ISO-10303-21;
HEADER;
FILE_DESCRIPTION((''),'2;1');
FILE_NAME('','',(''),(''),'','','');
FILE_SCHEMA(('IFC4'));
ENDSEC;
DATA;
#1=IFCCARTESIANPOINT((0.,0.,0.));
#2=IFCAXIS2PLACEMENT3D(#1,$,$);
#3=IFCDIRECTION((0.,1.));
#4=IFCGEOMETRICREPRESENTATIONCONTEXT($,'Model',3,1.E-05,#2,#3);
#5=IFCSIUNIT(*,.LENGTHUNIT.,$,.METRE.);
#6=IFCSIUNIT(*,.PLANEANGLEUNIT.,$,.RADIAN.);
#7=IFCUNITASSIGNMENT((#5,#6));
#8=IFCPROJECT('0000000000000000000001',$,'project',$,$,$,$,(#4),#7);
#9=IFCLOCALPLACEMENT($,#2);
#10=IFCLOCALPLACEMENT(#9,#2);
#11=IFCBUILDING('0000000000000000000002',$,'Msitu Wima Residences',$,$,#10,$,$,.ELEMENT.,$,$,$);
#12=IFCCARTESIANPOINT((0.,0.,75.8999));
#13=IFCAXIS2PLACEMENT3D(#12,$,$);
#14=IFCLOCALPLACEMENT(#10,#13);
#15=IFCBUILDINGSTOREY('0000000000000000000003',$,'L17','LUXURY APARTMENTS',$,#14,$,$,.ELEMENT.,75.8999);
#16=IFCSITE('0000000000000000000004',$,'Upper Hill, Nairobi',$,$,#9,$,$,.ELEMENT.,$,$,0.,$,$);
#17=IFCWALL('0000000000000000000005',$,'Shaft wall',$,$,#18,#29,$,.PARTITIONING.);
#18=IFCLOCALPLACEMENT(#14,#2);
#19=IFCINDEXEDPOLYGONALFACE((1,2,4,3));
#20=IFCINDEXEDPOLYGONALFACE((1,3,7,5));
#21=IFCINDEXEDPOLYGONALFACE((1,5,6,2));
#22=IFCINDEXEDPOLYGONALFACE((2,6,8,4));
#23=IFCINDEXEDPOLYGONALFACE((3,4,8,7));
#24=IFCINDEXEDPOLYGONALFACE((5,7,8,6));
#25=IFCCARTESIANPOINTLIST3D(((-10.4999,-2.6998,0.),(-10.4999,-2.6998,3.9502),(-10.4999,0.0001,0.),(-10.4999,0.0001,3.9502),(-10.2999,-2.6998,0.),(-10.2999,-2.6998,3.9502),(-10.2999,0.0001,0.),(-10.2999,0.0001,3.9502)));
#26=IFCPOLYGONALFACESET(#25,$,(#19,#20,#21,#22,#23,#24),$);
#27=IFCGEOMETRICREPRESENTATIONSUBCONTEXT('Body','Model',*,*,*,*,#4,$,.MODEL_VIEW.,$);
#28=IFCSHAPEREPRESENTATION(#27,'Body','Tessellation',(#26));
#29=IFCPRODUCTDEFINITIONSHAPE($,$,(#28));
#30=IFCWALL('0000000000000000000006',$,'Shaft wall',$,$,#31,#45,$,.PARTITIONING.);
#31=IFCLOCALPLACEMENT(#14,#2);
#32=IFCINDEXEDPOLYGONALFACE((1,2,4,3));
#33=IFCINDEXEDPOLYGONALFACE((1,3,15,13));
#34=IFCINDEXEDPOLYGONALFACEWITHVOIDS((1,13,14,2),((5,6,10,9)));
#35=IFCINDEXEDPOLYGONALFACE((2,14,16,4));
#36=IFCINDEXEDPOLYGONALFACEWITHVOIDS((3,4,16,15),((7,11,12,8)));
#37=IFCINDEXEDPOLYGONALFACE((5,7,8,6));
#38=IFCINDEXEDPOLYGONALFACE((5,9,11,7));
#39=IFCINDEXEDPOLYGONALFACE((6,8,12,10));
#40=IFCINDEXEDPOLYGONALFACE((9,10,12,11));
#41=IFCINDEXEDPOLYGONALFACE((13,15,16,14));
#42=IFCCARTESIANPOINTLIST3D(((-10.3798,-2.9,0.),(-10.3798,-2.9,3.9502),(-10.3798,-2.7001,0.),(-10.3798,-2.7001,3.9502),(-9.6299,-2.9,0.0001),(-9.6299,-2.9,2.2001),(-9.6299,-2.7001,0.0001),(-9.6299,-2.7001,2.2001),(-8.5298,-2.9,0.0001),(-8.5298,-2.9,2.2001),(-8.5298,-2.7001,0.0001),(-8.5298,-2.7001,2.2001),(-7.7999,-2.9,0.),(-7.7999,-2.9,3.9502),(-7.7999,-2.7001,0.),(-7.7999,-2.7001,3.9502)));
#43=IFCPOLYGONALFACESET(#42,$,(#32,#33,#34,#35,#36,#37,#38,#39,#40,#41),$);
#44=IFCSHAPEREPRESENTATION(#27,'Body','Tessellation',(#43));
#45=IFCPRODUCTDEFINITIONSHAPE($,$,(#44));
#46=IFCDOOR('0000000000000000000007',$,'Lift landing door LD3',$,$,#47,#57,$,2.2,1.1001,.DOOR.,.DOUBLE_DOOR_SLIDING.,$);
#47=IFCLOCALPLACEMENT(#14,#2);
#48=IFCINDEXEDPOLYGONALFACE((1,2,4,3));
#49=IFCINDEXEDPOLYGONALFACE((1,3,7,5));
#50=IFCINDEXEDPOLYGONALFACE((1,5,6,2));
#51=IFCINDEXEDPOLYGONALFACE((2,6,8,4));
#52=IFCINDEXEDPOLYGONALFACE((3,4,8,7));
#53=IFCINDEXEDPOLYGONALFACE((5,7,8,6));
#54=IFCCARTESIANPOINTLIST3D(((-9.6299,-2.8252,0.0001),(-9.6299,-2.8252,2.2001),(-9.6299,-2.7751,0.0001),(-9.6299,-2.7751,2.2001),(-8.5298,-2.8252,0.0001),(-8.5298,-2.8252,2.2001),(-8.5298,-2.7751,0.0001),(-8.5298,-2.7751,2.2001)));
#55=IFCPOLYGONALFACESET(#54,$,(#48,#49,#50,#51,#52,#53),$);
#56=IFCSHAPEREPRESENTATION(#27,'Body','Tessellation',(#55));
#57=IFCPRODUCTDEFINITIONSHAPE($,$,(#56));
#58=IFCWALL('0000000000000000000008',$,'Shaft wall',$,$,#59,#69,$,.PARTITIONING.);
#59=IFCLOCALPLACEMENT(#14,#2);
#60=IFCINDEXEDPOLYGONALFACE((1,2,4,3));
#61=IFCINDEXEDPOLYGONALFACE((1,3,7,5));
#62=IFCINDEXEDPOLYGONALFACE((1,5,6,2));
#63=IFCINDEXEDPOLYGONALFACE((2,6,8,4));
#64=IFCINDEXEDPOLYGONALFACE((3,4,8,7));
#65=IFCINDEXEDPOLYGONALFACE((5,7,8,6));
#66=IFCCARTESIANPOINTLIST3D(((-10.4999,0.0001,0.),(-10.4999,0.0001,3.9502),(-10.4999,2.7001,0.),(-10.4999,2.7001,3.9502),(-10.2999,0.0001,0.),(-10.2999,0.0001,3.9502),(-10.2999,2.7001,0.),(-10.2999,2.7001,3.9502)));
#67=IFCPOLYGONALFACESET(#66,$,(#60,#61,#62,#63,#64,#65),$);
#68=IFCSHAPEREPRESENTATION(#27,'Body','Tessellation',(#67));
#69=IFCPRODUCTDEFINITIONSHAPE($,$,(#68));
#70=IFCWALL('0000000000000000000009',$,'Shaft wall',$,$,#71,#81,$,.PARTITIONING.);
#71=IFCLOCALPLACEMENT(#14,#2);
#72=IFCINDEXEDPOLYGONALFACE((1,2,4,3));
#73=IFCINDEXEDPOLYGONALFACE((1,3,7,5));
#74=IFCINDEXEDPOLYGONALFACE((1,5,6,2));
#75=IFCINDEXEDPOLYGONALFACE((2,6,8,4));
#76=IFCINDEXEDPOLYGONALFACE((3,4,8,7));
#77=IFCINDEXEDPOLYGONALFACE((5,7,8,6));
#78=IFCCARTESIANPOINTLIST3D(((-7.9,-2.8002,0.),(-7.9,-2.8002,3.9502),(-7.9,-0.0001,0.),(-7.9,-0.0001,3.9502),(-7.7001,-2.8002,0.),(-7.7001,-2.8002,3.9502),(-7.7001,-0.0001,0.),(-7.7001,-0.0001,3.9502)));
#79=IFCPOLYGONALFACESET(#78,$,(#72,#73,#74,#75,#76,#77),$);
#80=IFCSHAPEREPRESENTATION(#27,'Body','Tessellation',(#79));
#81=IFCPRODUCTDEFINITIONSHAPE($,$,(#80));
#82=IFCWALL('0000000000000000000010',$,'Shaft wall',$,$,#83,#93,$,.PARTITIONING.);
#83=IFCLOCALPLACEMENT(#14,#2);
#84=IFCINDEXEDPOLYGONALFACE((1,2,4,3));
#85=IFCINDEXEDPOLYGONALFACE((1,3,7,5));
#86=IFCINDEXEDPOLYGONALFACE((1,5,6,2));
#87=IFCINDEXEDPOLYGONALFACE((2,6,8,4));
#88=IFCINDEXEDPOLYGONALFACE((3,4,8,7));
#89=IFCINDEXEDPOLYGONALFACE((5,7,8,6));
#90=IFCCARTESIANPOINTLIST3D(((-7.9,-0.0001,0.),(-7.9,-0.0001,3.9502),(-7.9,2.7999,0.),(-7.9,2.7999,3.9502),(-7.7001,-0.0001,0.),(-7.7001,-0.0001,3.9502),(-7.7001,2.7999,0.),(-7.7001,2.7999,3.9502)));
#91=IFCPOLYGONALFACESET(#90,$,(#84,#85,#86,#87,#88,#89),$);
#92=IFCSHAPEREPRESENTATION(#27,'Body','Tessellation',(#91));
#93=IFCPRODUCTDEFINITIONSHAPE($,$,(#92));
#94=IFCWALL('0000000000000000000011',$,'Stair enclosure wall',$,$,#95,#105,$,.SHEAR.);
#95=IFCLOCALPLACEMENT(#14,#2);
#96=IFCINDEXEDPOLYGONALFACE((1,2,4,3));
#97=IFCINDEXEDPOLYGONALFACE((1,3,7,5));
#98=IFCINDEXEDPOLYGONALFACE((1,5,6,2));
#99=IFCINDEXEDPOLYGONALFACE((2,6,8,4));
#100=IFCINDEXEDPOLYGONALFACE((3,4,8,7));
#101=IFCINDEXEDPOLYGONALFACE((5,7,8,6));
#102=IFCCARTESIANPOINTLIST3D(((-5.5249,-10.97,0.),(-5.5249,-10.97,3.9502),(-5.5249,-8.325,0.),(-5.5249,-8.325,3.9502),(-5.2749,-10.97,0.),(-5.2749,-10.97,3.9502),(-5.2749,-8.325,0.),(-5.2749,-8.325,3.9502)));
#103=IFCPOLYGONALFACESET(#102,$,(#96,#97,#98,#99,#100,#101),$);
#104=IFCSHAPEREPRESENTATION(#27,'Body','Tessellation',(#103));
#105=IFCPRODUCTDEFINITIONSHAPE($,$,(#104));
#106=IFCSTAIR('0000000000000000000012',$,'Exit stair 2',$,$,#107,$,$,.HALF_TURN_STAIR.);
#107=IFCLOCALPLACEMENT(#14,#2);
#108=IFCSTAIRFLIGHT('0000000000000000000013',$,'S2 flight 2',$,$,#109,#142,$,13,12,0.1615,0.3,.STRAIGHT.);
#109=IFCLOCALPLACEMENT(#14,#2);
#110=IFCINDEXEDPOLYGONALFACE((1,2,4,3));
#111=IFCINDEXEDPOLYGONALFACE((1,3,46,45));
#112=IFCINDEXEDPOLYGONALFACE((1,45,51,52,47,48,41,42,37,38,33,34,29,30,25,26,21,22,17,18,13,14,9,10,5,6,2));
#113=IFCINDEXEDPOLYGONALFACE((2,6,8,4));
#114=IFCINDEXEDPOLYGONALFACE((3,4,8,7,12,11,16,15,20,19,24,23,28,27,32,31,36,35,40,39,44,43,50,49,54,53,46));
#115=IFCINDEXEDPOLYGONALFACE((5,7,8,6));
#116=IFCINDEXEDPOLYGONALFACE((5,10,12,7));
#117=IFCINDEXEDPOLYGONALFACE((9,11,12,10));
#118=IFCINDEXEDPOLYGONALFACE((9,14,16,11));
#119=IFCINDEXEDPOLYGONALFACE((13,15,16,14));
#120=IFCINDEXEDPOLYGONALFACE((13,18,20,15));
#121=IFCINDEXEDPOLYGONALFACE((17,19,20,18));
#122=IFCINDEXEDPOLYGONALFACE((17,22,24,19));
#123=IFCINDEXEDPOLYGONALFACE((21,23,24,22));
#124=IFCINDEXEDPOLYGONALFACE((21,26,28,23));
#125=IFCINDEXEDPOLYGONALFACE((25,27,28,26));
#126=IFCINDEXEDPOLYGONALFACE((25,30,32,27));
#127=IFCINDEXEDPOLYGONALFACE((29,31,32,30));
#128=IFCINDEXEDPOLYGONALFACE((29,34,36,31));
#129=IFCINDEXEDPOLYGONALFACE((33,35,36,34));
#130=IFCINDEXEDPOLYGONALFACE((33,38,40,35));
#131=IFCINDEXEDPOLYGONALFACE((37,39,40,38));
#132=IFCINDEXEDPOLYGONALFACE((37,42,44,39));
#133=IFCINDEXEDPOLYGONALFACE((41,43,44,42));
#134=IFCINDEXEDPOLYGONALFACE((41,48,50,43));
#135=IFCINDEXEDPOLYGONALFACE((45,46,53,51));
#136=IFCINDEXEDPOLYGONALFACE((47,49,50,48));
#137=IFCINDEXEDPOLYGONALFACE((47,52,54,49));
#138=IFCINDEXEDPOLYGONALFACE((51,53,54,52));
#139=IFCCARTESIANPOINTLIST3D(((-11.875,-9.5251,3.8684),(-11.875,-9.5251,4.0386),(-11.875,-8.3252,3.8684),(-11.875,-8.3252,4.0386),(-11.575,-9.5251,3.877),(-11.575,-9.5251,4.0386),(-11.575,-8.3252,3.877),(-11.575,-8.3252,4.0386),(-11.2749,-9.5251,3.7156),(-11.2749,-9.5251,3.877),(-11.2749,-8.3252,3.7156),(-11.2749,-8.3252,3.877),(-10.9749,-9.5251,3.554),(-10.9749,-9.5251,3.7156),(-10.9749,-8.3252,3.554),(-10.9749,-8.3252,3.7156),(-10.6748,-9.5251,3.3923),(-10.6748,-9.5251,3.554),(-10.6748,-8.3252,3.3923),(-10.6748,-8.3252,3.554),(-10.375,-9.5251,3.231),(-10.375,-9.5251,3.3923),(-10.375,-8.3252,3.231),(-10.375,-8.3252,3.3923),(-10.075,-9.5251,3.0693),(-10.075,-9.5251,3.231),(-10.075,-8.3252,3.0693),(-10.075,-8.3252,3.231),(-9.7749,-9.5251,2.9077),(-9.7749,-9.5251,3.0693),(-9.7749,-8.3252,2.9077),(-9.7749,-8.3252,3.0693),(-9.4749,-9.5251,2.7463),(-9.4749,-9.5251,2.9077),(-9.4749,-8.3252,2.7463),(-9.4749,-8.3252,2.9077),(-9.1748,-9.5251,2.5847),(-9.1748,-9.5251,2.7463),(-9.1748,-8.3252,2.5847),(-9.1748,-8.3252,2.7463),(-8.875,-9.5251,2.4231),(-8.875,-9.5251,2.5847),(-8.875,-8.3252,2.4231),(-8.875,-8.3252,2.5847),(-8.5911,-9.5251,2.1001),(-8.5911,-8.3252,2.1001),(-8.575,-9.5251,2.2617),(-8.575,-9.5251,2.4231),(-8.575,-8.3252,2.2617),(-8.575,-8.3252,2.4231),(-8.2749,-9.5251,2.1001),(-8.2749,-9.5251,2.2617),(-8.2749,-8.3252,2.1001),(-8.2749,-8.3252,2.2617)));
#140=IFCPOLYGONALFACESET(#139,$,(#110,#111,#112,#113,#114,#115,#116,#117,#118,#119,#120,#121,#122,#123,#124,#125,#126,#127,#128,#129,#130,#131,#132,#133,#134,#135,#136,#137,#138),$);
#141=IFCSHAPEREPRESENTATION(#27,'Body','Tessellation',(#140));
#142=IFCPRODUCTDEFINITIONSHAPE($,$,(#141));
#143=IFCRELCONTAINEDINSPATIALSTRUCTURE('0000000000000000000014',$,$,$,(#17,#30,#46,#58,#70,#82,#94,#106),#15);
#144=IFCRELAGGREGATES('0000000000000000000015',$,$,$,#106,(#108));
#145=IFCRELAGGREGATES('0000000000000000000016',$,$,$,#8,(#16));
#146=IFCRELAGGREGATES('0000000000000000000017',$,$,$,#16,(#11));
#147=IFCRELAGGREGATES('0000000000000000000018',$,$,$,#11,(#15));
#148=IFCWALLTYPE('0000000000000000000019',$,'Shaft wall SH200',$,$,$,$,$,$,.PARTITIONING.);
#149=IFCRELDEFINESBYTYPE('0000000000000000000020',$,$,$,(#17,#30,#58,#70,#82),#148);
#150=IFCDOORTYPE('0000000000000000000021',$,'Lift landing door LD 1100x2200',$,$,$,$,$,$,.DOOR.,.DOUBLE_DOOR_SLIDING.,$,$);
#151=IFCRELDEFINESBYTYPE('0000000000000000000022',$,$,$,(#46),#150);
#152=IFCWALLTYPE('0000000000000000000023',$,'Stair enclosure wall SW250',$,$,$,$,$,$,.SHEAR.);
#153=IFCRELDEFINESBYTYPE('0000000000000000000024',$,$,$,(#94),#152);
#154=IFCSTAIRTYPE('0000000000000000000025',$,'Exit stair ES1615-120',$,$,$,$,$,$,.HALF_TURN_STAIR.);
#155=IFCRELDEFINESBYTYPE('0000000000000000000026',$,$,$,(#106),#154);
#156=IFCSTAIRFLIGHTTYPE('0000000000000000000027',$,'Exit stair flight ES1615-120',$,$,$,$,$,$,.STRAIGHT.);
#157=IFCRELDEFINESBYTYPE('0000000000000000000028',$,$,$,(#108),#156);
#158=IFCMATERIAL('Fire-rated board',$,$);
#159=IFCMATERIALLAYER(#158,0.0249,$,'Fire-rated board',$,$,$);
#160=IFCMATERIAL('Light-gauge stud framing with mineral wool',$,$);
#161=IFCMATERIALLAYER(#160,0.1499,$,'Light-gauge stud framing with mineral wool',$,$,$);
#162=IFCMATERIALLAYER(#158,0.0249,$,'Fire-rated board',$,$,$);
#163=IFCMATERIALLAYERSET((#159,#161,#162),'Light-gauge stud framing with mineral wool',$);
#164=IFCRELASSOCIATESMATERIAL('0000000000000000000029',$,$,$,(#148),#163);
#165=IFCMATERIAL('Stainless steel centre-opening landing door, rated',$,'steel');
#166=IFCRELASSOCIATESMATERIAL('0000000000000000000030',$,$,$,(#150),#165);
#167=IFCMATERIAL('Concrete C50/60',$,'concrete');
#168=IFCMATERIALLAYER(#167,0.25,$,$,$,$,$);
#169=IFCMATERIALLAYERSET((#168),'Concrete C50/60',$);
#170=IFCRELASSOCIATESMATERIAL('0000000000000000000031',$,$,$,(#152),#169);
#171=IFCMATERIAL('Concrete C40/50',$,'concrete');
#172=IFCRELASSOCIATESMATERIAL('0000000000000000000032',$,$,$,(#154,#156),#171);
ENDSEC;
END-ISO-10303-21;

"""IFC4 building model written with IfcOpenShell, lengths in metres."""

from ifc_helpers import new_model, si_unit, direction, frame, frame_2d, origin, place, context, subcontext, project, spatial, polyline, rectangle, outline, extrude, material, layer, layer_set, type_object, element, fill, aggregate, save


model = new_model("IFC4")

# Units and contexts
model_context = context("Model", 3, precision=1e-05, world=origin(), true_north=direction((0.0, 1.0)))
body_context = subcontext(model_context, "Body", "Model", "MODEL_VIEW")
ifc_project = project(units=[si_unit("LENGTHUNIT", "METRE"), si_unit("PLANEANGLEUNIT", "RADIAN")], contexts=[model_context])

# Site, building, storey
site_placement = place(None, origin())
site = spatial("IfcSite", under=ifc_project, at=site_placement, Name="Upper Hill, Nairobi", CompositionType="ELEMENT", RefElevation=0.0)
building_placement = place(site_placement, origin())
building = spatial("IfcBuilding", under=site, at=building_placement, Name="Msitu Wima Residences", CompositionType="ELEMENT")
storey_placement = place(building_placement, frame((0.0, 0.0, 75.8999)))
storey = spatial("IfcBuildingStorey", under=building, at=storey_placement, Name="L17", Description="LUXURY APARTMENTS", CompositionType="ELEMENT", Elevation=75.8999)

# Shared definitions
ifc_material_1 = material(Name="Concrete C40/50", Category="concrete")

# Wall
ifc_material_2 = material(Name="Fire-rated board")
ifc_layer_1 = layer(ifc_material_2, 0.0249, Name="Fire-rated board")
ifc_material_3 = material(Name="Light-gauge stud framing with mineral wool")
ifc_layer_2 = layer(ifc_material_3, 0.1499, Name="Light-gauge stud framing with mineral wool")
ifc_layer_3 = layer(ifc_material_2, 0.0249, Name="Fire-rated board")
ifc_layer_set_1 = layer_set([ifc_layer_1, ifc_layer_2, ifc_layer_3], Name="Light-gauge stud framing with mineral wool")
wall_type_1 = type_object("IfcWallType", Name="Shaft wall SH200", PredefinedType="PARTITIONING", material=ifc_layer_set_1)
wall_1_placement = place(storey_placement, frame((-10.3999, -2.7, 0.0), z_axis=(0.0, 0.0, 1.0), x_axis=(0.0, 1.0, 0.0)))
element("IfcWall", 1, at=wall_1_placement, inside=storey, type_object=wall_type_1, Name="Shaft wall", PredefinedType="PARTITIONING", context=body_context, shape_type="SweptSolid", body=[
    extrude(rectangle(XDim=2.7, YDim=0.2, at=frame_2d((1.3501, 0.0))), origin(), (0.0, 0.0, 1.0), 3.9502),
])

# Wall, opening, door
wall_2_placement = place(storey_placement, frame((-10.3799, -2.8, 0.0), z_axis=(0.0, 0.0, 1.0), x_axis=(1.0, 0.0, 0.0)))
wall_2 = element("IfcWall", 2, at=wall_2_placement, inside=storey, type_object=wall_type_1, Name="Shaft wall", PredefinedType="PARTITIONING", context=body_context, shape_type="SweptSolid", body=[
    extrude(rectangle(XDim=2.5798, YDim=0.2, at=frame_2d((1.29, 0.0))), origin(), (0.0, 0.0, 1.0), 3.9502),
])
opening_1_placement = place(wall_2_placement, frame((0.75, 0.0, 0.0)))
opening_1 = element("IfcOpeningElement", 3, at=opening_1_placement, cuts=wall_2, PredefinedType="OPENING", context=body_context, shape_type="SweptSolid", body=[
    extrude(rectangle(XDim=1.1001, YDim=2.2, at=frame_2d((0.55, 1.1001))), frame((0.0, 0.1099, 0.0), z_axis=(0.0, -1.0, 0.0), x_axis=(1.0, 0.0, 0.0)), (0.0, 0.0, 1.0), 0.22),
])
ifc_material_4 = material(Name="Stainless steel centre-opening landing door, rated", Category="steel")
door_type_1 = type_object("IfcDoorType", Name="Lift landing door LD 1100x2200", OperationType="DOUBLE_DOOR_SLIDING", PredefinedType="DOOR", material=ifc_material_4)
door_1_placement = place(opening_1_placement, origin())
door_1 = element("IfcDoor", 4, at=door_1_placement, inside=storey, type_object=door_type_1, Name="Lift landing door LD3", OperationType="DOUBLE_DOOR_SLIDING", OverallHeight=2.2, OverallWidth=1.1001, PredefinedType="DOOR", context=body_context, shape_type="SweptSolid", body=[
    extrude(rectangle(XDim=1.1001, YDim=2.2, at=frame_2d((0.55, 1.1001))), frame((0.0, 0.0249, 0.0), z_axis=(0.0, -1.0, 0.0), x_axis=(1.0, 0.0, 0.0)), (0.0, 0.0, 1.0), 0.05),
])
fill(opening_1, door_1)

# Walls
wall_3_placement = place(storey_placement, frame((-10.3999, 0.0, 0.0), z_axis=(0.0, 0.0, 1.0), x_axis=(0.0, 1.0, 0.0)))
element("IfcWall", 5, at=wall_3_placement, inside=storey, type_object=wall_type_1, Name="Shaft wall", PredefinedType="PARTITIONING", context=body_context, shape_type="SweptSolid", body=[
    extrude(rectangle(XDim=2.7, YDim=0.2, at=frame_2d((1.3501, 0.0))), origin(), (0.0, 0.0, 1.0), 3.9502),
])
for number, where, z_axis, x_axis, name in (
    (6, (-7.8, -2.8, 0.0), (0.0, 0.0, 1.0), (0.0, 1.0, 0.0), "Shaft wall"),
    (7, (-7.8, 0.0, 0.0), (0.0, 0.0, 1.0), (0.0, 1.0, 0.0), "Shaft wall"),
):
    element("IfcWall", number, at=place(storey_placement, frame(where, z_axis=z_axis, x_axis=x_axis)), inside=storey, type_object=wall_type_1, Name=name, PredefinedType="PARTITIONING", context=body_context, shape_type="SweptSolid", body=[
        extrude(rectangle(XDim=2.8, YDim=0.2, at=frame_2d((1.3999, 0.0))), origin(), (0.0, 0.0, 1.0), 3.9502),
    ])
ifc_material_5 = material(Name="Concrete C50/60", Category="concrete")
ifc_layer_4 = layer(ifc_material_5, 0.25)
ifc_layer_set_2 = layer_set([ifc_layer_4], Name="Concrete C50/60")
wall_type_2 = type_object("IfcWallType", Name="Stair enclosure wall SW250", PredefinedType="SHEAR", material=ifc_layer_set_2)
wall_4_placement = place(storey_placement, frame((-5.3999, -10.97, 0.0), z_axis=(0.0, 0.0, 1.0), x_axis=(0.0, 1.0, 0.0)))
element("IfcWall", 8, at=wall_4_placement, inside=storey, type_object=wall_type_2, Name="Stair enclosure wall", PredefinedType="SHEAR", context=body_context, shape_type="SweptSolid", body=[
    extrude(rectangle(XDim=2.645, YDim=0.25, at=frame_2d((1.3225, 0.0))), origin(), (0.0, 0.0, 1.0), 3.9502),
])

# Stair, stair flight
stair_type = type_object("IfcStairType", Name="Exit stair ES1615-120", PredefinedType="HALF_TURN_STAIR", material=ifc_material_1)
stair_placement = place(storey_placement, origin())
stair = element("IfcStair", 9, at=stair_placement, inside=storey, type_object=stair_type, Name="Exit stair 2", PredefinedType="HALF_TURN_STAIR")
stair_flight_type = type_object("IfcStairFlightType", Name="Exit stair flight ES1615-120", PredefinedType="STRAIGHT", material=ifc_material_1)
stair_flight_placement = place(storey_placement, frame((-8.2749, -8.925, 2.1001), z_axis=(0.0, 0.0, 1.0), x_axis=(-1.0, 0.0, 0.0)))
stair_flight = element("IfcStairFlight", 10, at=stair_flight_placement, type_object=stair_flight_type, Name="S2 flight 2", NumberOfRisers=13, NumberOfTreads=12, PredefinedType="STRAIGHT", RiserHeight=0.1615, TreadLength=0.3, context=body_context, shape_type="SweptSolid", body=[
    extrude(outline(polyline([(0.0, 0.0), (0.0, 0.1616), (0.3, 0.1616), (0.3, 0.323), (0.6001, 0.323), (0.6001, 0.4846), (0.8999, 0.4846), (0.8999, 0.6462), (1.2, 0.6462), (1.2, 0.8076), (1.5, 0.8076), (1.5, 0.9692), (1.8, 0.9692), (1.8, 1.1309), (2.1001, 1.1309), (2.1001, 1.2922), (2.3999, 1.2922), (2.3999, 1.4539), (2.7, 1.4539), (2.7, 1.6155), (3.0, 1.6155), (3.0, 1.7769), (3.3, 1.7769), (3.3, 1.9385), (3.6001, 1.9385), (3.6001, 2.1001), (3.6001, 1.7683), (0.3162, 0.0), (0.0, 0.0)])), frame((0.0, 0.6001, 0.0), z_axis=(0.0, -1.0, 0.0), x_axis=(1.0, 0.0, 0.0)), (0.0, 0.0, 1.0), 1.2),
])
aggregate(stair, [stair_flight])

save(model, "model.ifc")
